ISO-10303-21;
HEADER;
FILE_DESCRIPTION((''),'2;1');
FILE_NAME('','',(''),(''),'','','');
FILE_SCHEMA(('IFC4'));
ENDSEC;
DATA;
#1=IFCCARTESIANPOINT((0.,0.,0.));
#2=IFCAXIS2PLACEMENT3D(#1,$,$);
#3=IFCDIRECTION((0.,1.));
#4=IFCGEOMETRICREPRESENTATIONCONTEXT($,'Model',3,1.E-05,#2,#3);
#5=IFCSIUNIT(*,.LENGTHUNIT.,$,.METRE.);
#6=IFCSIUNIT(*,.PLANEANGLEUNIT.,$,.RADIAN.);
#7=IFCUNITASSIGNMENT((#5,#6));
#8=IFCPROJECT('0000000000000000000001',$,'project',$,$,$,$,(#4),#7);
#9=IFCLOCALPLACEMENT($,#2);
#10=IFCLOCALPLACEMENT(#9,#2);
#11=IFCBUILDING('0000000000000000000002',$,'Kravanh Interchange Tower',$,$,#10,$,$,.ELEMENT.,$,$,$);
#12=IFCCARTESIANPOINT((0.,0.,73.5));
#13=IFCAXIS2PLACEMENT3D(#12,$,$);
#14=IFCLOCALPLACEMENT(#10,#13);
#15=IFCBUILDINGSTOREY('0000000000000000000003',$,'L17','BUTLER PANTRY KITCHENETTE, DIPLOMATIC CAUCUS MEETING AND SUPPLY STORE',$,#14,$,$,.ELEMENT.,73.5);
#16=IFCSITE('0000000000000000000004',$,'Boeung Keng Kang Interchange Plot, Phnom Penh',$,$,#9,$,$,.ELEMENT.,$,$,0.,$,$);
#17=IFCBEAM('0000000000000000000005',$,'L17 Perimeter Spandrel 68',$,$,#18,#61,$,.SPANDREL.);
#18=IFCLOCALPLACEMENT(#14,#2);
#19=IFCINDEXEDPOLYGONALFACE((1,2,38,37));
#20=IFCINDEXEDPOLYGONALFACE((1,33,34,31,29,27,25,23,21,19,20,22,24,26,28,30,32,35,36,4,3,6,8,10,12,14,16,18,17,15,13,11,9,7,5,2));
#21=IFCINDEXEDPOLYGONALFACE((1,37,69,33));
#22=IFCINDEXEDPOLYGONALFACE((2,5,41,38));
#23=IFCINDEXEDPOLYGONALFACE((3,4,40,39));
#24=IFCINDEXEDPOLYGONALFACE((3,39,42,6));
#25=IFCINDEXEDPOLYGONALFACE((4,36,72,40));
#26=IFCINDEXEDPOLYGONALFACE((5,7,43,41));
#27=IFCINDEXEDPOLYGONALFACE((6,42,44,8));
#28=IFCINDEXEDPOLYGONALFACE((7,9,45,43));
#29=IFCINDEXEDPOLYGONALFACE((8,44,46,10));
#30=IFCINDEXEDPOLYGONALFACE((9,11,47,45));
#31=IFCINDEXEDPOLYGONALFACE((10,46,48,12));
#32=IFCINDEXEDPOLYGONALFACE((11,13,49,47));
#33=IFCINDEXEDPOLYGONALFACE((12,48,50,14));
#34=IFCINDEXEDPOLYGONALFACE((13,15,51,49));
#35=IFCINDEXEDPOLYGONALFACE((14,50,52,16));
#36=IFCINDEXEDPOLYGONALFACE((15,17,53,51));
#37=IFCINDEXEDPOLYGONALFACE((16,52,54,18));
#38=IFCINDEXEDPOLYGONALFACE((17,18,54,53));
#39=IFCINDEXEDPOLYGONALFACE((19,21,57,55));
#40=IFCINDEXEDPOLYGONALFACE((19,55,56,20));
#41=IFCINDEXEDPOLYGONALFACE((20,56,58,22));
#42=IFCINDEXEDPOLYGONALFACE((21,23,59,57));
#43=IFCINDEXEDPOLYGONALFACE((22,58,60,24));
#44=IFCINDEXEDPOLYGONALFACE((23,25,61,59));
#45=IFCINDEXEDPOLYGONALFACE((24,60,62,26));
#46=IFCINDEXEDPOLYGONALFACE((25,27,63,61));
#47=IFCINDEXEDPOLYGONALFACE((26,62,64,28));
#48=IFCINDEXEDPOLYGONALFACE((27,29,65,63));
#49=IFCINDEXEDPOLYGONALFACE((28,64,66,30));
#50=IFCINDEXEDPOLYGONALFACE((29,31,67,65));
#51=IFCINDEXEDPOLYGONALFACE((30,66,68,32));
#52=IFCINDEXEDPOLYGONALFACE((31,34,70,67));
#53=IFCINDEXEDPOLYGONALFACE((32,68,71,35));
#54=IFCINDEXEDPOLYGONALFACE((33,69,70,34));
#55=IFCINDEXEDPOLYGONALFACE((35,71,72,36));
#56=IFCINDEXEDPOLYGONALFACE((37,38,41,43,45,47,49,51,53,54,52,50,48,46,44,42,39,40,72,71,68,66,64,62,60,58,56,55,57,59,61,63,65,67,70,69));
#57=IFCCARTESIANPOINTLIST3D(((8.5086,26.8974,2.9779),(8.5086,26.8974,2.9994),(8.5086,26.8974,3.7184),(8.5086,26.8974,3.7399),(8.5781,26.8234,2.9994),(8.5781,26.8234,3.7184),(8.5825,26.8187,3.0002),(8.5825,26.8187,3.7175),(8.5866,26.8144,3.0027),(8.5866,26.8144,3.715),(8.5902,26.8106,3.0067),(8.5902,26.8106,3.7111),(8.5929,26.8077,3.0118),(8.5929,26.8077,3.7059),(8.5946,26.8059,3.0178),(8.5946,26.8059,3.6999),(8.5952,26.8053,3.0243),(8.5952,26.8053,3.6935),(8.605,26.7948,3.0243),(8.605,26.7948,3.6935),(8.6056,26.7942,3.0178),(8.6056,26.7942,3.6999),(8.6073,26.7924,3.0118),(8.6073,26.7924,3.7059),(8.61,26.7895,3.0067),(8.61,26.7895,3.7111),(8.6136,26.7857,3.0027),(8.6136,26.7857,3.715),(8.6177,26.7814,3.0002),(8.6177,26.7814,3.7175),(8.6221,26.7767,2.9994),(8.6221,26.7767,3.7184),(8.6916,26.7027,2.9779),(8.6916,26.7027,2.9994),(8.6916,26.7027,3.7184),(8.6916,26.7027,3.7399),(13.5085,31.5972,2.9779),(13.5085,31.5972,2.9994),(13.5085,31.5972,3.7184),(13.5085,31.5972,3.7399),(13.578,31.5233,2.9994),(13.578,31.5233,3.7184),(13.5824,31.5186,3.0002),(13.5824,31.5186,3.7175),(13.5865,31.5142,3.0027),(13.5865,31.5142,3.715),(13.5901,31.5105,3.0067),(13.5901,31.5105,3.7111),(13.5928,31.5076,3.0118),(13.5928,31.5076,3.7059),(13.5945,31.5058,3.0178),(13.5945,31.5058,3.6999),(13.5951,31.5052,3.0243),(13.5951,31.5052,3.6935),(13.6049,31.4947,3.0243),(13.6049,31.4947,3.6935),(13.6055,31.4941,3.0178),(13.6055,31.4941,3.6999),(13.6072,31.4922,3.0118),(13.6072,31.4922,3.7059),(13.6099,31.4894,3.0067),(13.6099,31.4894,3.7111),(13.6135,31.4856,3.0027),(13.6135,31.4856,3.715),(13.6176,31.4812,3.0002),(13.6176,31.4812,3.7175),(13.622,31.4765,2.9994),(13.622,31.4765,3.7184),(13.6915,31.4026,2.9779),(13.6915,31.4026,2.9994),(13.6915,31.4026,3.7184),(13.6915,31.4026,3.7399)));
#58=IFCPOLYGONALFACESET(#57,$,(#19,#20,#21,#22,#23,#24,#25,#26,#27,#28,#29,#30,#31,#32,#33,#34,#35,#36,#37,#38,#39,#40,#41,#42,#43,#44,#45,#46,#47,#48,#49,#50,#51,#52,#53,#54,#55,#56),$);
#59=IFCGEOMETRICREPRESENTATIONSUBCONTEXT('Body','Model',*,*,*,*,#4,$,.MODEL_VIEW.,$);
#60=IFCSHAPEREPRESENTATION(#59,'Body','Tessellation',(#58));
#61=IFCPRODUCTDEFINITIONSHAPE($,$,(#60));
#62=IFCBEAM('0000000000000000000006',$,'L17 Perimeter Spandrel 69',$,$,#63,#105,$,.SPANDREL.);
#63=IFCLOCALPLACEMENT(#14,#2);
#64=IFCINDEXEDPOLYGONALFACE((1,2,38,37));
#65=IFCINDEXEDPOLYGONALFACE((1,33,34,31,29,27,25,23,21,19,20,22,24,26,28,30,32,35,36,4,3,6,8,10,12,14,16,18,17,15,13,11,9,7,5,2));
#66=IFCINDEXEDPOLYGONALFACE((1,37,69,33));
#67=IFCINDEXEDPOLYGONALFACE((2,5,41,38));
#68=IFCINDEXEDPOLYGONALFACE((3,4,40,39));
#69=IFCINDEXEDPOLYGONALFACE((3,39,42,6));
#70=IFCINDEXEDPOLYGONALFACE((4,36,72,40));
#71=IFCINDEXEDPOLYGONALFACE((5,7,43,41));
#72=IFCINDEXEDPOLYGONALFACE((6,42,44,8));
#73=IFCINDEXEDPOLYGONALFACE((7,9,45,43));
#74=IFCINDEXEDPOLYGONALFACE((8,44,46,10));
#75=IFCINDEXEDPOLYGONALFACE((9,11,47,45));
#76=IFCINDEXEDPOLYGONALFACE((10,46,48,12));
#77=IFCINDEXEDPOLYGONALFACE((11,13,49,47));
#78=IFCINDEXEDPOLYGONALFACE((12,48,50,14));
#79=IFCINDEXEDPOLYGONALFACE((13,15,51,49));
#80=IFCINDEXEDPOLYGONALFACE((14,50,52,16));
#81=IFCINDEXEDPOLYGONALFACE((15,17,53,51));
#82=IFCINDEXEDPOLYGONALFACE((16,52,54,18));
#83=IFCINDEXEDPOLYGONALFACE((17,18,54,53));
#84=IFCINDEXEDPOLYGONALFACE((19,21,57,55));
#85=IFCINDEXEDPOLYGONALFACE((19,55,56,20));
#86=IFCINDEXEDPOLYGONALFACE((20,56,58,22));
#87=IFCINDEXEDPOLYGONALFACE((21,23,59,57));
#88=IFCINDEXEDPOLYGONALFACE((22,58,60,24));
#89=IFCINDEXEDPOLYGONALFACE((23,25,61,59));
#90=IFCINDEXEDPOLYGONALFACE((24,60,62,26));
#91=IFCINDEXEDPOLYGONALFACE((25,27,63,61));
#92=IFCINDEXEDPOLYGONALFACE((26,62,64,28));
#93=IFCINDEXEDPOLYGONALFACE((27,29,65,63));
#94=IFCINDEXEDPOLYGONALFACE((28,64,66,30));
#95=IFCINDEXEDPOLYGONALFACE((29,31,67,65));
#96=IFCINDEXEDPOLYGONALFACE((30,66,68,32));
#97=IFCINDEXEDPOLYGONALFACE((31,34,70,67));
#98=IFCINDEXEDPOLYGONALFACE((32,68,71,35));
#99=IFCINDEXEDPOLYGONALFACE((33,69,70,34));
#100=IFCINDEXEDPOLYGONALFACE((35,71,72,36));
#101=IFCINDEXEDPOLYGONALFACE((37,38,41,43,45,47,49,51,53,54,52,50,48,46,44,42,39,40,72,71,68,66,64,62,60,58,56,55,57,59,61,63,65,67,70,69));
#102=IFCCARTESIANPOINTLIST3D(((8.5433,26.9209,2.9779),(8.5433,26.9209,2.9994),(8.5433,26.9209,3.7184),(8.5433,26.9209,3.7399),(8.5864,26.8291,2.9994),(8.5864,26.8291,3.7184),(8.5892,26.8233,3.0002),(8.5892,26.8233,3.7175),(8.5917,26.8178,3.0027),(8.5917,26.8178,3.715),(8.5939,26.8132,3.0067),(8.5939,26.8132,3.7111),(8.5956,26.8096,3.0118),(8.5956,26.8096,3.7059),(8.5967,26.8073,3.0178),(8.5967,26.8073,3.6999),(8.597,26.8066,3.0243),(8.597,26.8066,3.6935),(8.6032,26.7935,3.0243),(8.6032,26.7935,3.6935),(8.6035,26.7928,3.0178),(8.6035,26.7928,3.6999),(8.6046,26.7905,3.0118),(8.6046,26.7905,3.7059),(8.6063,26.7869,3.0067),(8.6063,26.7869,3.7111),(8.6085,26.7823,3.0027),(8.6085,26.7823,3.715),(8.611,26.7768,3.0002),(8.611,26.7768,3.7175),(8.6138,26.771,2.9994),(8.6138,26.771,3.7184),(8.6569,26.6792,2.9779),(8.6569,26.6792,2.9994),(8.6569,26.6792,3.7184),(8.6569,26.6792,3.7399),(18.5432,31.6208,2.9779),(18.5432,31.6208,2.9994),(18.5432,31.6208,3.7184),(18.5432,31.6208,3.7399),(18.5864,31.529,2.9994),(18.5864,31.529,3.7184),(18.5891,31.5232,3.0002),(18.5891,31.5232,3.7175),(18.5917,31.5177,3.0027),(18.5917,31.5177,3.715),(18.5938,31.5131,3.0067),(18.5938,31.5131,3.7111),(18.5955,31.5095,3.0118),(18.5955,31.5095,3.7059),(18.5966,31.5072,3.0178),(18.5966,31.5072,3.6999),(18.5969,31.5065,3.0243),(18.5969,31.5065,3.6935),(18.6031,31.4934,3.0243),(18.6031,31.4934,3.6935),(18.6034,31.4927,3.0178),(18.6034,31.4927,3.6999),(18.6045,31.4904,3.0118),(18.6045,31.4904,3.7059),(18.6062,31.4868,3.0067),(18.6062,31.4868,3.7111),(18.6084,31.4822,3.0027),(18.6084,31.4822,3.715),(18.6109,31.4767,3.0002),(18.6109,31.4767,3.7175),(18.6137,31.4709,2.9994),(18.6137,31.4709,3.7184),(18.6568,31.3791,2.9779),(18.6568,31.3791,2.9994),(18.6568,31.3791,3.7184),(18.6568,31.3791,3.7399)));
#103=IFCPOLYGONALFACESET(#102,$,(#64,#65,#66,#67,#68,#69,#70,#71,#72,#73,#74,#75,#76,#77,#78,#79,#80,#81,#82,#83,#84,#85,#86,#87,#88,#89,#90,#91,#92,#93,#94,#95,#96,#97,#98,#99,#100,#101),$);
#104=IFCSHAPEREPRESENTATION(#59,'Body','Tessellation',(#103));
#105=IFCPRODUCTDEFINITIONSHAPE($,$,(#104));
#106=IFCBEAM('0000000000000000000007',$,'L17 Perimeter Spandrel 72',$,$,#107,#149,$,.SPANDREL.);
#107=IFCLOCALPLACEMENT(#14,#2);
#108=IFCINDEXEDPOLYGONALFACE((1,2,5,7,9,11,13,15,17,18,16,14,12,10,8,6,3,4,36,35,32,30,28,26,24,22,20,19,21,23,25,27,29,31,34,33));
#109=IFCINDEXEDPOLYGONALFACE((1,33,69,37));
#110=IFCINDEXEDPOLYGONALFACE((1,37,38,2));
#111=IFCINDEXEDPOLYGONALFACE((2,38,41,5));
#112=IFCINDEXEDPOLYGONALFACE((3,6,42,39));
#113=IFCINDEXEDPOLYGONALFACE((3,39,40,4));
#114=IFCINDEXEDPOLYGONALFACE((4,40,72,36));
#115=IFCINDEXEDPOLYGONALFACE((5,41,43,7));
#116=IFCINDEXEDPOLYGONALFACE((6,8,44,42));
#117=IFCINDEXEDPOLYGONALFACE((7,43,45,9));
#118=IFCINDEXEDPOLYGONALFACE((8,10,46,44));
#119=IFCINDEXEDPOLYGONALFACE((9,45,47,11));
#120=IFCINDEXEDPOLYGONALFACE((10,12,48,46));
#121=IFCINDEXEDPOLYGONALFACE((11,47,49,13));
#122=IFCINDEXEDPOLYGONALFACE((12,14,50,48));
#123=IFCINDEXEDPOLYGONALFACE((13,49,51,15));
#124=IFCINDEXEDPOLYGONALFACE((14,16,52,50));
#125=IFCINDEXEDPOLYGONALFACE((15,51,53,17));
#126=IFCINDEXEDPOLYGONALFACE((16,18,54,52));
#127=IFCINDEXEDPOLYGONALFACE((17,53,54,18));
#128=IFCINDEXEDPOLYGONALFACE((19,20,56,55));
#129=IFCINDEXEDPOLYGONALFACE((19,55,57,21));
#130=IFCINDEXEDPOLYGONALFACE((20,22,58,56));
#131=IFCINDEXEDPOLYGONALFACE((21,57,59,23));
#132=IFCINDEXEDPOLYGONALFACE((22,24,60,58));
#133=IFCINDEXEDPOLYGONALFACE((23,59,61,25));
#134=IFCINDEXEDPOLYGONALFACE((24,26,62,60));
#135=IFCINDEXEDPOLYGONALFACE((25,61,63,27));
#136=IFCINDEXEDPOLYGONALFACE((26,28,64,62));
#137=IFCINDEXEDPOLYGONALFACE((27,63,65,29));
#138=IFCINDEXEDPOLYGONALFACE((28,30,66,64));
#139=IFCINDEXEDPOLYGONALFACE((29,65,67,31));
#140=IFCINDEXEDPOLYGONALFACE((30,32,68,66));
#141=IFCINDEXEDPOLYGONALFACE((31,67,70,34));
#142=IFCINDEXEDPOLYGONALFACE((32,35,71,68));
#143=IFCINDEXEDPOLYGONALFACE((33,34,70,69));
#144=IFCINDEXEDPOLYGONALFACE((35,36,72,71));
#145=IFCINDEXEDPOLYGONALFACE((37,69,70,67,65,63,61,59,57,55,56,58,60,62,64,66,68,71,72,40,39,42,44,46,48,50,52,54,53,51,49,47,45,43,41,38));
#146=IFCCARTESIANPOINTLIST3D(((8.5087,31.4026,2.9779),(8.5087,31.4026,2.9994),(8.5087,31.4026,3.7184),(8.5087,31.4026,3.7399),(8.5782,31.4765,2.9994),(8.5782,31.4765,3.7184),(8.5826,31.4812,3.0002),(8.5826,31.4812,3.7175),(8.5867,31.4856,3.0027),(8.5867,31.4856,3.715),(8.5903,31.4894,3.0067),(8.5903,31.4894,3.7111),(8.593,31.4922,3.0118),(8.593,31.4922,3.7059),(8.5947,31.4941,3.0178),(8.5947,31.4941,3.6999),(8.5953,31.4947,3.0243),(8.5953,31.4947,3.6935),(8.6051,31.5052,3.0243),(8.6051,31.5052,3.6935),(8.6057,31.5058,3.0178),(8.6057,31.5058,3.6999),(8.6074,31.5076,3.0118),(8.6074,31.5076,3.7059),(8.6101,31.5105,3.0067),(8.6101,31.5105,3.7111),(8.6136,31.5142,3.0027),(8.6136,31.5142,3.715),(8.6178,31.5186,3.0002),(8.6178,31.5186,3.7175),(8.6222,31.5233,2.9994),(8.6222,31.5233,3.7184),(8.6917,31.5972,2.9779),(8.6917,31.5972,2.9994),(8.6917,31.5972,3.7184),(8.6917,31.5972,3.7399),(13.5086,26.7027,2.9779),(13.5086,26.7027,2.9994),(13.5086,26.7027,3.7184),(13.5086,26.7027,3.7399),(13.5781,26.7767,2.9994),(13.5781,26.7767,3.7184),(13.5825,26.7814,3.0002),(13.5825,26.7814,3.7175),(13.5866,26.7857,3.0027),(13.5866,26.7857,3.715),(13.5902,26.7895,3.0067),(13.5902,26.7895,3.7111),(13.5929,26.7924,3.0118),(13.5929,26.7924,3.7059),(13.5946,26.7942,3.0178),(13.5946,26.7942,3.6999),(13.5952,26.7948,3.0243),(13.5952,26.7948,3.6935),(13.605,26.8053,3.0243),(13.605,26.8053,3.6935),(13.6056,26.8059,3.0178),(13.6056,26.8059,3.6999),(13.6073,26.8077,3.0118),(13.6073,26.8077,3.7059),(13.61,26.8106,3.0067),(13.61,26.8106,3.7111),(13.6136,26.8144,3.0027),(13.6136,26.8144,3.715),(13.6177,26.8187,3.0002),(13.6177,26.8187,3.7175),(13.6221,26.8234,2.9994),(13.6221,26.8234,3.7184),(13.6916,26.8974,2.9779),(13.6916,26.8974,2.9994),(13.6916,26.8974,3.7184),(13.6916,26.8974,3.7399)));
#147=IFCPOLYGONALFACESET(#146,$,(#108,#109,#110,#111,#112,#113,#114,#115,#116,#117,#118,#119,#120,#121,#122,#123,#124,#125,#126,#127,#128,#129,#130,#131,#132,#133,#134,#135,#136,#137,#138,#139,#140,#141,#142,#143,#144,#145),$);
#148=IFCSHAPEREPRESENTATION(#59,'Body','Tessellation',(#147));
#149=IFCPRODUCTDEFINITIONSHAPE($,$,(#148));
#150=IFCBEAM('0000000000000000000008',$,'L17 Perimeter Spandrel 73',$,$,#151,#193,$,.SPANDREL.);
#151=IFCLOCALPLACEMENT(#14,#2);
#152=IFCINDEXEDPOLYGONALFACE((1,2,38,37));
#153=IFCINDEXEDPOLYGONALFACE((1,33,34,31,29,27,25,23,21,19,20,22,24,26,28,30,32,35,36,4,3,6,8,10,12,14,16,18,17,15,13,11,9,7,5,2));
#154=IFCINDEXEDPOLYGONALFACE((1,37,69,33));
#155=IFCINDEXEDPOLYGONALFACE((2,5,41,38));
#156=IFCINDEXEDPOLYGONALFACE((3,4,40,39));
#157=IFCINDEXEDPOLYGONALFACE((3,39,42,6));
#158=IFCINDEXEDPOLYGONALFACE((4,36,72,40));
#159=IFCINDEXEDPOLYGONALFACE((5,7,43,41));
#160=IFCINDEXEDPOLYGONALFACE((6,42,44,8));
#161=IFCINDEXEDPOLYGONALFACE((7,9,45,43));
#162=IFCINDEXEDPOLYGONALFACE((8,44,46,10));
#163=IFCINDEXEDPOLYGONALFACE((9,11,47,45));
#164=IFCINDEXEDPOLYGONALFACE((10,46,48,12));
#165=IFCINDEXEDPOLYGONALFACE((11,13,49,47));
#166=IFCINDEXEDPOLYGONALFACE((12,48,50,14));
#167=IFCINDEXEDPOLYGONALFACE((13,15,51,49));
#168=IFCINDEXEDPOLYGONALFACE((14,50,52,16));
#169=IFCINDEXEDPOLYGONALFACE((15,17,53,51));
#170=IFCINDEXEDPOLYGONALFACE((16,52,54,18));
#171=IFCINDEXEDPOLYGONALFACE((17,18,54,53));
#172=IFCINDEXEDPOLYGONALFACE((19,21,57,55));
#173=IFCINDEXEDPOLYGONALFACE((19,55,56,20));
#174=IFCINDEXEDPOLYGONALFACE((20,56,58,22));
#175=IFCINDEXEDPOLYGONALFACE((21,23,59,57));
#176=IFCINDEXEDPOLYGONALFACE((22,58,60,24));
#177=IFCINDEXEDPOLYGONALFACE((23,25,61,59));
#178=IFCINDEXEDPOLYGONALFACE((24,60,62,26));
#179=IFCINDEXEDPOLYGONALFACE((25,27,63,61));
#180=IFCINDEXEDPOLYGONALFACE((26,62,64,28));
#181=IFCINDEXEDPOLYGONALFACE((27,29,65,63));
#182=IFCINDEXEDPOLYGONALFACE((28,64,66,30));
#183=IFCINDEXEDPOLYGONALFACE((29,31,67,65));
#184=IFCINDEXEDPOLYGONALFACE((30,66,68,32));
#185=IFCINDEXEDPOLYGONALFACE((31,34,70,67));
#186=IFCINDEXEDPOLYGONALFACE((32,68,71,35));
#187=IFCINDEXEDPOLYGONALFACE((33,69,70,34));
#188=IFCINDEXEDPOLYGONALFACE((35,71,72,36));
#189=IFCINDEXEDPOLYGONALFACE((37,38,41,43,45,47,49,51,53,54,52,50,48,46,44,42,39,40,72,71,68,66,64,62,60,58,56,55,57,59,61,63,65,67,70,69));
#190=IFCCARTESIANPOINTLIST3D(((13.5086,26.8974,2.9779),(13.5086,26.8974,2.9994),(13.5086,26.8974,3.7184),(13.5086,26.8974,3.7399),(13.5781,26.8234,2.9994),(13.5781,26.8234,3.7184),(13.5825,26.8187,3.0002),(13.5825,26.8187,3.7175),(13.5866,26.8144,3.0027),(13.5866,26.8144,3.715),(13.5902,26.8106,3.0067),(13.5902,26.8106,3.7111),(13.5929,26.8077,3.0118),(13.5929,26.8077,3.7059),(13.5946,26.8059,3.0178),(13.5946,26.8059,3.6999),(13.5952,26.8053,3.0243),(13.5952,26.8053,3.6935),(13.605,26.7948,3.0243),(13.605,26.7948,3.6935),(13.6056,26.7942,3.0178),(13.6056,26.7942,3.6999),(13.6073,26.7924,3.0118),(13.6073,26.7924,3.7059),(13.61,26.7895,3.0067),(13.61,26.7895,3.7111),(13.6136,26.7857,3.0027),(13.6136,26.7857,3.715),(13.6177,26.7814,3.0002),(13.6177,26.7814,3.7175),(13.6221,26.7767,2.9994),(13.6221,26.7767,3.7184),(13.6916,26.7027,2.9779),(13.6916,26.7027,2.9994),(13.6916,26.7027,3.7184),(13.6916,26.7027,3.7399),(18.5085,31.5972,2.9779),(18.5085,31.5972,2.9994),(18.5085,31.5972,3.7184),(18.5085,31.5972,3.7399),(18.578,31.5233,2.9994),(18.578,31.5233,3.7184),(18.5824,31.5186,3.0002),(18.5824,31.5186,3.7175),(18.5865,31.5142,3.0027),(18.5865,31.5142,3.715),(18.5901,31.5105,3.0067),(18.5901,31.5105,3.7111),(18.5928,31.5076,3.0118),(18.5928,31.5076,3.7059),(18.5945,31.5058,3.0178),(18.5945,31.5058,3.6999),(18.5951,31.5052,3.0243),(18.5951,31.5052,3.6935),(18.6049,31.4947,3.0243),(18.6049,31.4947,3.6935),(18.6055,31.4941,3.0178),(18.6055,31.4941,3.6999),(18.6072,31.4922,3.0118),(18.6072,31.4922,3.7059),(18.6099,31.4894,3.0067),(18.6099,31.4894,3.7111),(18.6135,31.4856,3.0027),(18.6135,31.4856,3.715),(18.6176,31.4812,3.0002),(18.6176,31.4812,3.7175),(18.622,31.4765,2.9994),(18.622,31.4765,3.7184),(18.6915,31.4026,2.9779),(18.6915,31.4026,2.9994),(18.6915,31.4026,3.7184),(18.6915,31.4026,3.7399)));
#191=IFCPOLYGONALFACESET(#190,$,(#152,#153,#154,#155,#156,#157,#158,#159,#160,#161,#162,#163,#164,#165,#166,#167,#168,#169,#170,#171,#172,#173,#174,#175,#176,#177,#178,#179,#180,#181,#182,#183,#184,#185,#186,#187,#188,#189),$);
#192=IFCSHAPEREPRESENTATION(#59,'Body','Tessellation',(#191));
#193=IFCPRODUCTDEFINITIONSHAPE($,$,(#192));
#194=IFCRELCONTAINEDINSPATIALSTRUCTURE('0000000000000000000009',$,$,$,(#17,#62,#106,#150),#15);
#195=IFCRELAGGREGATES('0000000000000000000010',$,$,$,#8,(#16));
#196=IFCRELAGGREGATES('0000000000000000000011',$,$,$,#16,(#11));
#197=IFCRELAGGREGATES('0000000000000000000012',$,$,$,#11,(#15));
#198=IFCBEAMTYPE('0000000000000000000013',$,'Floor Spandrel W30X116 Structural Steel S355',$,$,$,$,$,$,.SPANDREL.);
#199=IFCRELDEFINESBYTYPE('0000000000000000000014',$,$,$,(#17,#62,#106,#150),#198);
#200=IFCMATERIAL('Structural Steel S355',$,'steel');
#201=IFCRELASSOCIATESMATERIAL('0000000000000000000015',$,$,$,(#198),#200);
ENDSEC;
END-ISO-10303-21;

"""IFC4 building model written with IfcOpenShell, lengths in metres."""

from ifc_helpers import new_model, si_unit, direction, frame, origin, origin_2d, place, context, subcontext, project, spatial, i_section, extrude, material, material_profile, profile_set, type_object, element, save


model = new_model("IFC4")

# Units and contexts
model_context = context("Model", 3, precision=1e-05, world=origin(), true_north=direction((0.0, 1.0)))
body_context = subcontext(model_context, "Body", "Model", "MODEL_VIEW")
ifc_project = project(units=[si_unit("LENGTHUNIT", "METRE"), si_unit("PLANEANGLEUNIT", "RADIAN")], contexts=[model_context])

# Site, building, storey
site_placement = place(None, origin())
site = spatial("IfcSite", under=ifc_project, at=site_placement, Name="Boeung Keng Kang Interchange Plot, Phnom Penh", CompositionType="ELEMENT", RefElevation=0.0)
building_placement = place(site_placement, origin())
building = spatial("IfcBuilding", under=site, at=building_placement, Name="Kravanh Interchange Tower", CompositionType="ELEMENT")
storey_placement = place(building_placement, frame((0.0, 0.0, 73.5)))
storey = spatial("IfcBuildingStorey", under=building, at=storey_placement, Name="L17", Description="BUTLER PANTRY KITCHENETTE, DIPLOMATIC CAUCUS MEETING AND SUPPLY STORE", CompositionType="ELEMENT", Elevation=73.5)

# Beams
ifc_material_1 = material(Name="Structural Steel S355", Category="steel")
ifc_material_profile_1 = material_profile(ifc_material_1, i_section(OverallWidth=0.2671, OverallDepth=0.762, WebThickness=0.0144, FlangeThickness=0.0215, FilletRadius=0.0249, at=origin_2d()), Name="W30X116")
ifc_profile_set_1 = profile_set([ifc_material_profile_1], Name="Structural Steel S355")
beam_type_1 = type_object("IfcBeamType", Name="Floor Spandrel W30X116 Structural Steel S355", PredefinedType="SPANDREL", material=ifc_profile_set_1)
beam_1_placement = place(storey_placement, frame((8.6001, 26.8, 3.3589), z_axis=(0.728631, 0.684906, 0.0), x_axis=(-0.684906, 0.728631, 0.0)))
element("IfcBeam", 1, at=beam_1_placement, inside=storey, type_object=beam_type_1, Name="L17 Perimeter Spandrel 68", PredefinedType="SPANDREL", context=body_context, shape_type="SweptSolid", body=[
    extrude(i_section(OverallWidth=0.2671, OverallDepth=0.762, WebThickness=0.0144, FlangeThickness=0.0215, FilletRadius=0.0249, at=origin_2d()), origin(), (0.0, 0.0, 1.0), 6.8621),
])
beam_2_placement = place(storey_placement, frame((8.6001, 26.8, 3.3589), z_axis=(0.905025, 0.425358, 0.0), x_axis=(-0.425358, 0.905025, 0.0)))
element("IfcBeam", 2, at=beam_2_placement, inside=storey, type_object=beam_type_1, Name="L17 Perimeter Spandrel 69", PredefinedType="SPANDREL", context=body_context, shape_type="SweptSolid", body=[
    extrude(i_section(OverallWidth=0.2671, OverallDepth=0.762, WebThickness=0.0144, FlangeThickness=0.0215, FilletRadius=0.0249, at=origin_2d()), origin(), (0.0, 0.0, 1.0), 11.0493),
])
for number, where, z_axis, x_axis, name in (
    (3, (13.6001, 26.8, 3.3589), (-0.728631, 0.684906, 0.0), (-0.684906, -0.728631, 0.0), "L17 Perimeter Spandrel 72"),
    (4, (13.6001, 26.8, 3.3589), (0.728631, 0.684906, 0.0), (-0.684906, 0.728631, 0.0), "L17 Perimeter Spandrel 73"),
):
    element("IfcBeam", number, at=place(storey_placement, frame(where, z_axis=z_axis, x_axis=x_axis)), inside=storey, type_object=beam_type_1, Name=name, PredefinedType="SPANDREL", context=body_context, shape_type="SweptSolid", body=[
        extrude(i_section(OverallWidth=0.2671, OverallDepth=0.762, WebThickness=0.0144, FlangeThickness=0.0215, FilletRadius=0.0249, at=origin_2d()), origin(), (0.0, 0.0, 1.0), 6.8621),
    ])

save(model, "model.ifc")
